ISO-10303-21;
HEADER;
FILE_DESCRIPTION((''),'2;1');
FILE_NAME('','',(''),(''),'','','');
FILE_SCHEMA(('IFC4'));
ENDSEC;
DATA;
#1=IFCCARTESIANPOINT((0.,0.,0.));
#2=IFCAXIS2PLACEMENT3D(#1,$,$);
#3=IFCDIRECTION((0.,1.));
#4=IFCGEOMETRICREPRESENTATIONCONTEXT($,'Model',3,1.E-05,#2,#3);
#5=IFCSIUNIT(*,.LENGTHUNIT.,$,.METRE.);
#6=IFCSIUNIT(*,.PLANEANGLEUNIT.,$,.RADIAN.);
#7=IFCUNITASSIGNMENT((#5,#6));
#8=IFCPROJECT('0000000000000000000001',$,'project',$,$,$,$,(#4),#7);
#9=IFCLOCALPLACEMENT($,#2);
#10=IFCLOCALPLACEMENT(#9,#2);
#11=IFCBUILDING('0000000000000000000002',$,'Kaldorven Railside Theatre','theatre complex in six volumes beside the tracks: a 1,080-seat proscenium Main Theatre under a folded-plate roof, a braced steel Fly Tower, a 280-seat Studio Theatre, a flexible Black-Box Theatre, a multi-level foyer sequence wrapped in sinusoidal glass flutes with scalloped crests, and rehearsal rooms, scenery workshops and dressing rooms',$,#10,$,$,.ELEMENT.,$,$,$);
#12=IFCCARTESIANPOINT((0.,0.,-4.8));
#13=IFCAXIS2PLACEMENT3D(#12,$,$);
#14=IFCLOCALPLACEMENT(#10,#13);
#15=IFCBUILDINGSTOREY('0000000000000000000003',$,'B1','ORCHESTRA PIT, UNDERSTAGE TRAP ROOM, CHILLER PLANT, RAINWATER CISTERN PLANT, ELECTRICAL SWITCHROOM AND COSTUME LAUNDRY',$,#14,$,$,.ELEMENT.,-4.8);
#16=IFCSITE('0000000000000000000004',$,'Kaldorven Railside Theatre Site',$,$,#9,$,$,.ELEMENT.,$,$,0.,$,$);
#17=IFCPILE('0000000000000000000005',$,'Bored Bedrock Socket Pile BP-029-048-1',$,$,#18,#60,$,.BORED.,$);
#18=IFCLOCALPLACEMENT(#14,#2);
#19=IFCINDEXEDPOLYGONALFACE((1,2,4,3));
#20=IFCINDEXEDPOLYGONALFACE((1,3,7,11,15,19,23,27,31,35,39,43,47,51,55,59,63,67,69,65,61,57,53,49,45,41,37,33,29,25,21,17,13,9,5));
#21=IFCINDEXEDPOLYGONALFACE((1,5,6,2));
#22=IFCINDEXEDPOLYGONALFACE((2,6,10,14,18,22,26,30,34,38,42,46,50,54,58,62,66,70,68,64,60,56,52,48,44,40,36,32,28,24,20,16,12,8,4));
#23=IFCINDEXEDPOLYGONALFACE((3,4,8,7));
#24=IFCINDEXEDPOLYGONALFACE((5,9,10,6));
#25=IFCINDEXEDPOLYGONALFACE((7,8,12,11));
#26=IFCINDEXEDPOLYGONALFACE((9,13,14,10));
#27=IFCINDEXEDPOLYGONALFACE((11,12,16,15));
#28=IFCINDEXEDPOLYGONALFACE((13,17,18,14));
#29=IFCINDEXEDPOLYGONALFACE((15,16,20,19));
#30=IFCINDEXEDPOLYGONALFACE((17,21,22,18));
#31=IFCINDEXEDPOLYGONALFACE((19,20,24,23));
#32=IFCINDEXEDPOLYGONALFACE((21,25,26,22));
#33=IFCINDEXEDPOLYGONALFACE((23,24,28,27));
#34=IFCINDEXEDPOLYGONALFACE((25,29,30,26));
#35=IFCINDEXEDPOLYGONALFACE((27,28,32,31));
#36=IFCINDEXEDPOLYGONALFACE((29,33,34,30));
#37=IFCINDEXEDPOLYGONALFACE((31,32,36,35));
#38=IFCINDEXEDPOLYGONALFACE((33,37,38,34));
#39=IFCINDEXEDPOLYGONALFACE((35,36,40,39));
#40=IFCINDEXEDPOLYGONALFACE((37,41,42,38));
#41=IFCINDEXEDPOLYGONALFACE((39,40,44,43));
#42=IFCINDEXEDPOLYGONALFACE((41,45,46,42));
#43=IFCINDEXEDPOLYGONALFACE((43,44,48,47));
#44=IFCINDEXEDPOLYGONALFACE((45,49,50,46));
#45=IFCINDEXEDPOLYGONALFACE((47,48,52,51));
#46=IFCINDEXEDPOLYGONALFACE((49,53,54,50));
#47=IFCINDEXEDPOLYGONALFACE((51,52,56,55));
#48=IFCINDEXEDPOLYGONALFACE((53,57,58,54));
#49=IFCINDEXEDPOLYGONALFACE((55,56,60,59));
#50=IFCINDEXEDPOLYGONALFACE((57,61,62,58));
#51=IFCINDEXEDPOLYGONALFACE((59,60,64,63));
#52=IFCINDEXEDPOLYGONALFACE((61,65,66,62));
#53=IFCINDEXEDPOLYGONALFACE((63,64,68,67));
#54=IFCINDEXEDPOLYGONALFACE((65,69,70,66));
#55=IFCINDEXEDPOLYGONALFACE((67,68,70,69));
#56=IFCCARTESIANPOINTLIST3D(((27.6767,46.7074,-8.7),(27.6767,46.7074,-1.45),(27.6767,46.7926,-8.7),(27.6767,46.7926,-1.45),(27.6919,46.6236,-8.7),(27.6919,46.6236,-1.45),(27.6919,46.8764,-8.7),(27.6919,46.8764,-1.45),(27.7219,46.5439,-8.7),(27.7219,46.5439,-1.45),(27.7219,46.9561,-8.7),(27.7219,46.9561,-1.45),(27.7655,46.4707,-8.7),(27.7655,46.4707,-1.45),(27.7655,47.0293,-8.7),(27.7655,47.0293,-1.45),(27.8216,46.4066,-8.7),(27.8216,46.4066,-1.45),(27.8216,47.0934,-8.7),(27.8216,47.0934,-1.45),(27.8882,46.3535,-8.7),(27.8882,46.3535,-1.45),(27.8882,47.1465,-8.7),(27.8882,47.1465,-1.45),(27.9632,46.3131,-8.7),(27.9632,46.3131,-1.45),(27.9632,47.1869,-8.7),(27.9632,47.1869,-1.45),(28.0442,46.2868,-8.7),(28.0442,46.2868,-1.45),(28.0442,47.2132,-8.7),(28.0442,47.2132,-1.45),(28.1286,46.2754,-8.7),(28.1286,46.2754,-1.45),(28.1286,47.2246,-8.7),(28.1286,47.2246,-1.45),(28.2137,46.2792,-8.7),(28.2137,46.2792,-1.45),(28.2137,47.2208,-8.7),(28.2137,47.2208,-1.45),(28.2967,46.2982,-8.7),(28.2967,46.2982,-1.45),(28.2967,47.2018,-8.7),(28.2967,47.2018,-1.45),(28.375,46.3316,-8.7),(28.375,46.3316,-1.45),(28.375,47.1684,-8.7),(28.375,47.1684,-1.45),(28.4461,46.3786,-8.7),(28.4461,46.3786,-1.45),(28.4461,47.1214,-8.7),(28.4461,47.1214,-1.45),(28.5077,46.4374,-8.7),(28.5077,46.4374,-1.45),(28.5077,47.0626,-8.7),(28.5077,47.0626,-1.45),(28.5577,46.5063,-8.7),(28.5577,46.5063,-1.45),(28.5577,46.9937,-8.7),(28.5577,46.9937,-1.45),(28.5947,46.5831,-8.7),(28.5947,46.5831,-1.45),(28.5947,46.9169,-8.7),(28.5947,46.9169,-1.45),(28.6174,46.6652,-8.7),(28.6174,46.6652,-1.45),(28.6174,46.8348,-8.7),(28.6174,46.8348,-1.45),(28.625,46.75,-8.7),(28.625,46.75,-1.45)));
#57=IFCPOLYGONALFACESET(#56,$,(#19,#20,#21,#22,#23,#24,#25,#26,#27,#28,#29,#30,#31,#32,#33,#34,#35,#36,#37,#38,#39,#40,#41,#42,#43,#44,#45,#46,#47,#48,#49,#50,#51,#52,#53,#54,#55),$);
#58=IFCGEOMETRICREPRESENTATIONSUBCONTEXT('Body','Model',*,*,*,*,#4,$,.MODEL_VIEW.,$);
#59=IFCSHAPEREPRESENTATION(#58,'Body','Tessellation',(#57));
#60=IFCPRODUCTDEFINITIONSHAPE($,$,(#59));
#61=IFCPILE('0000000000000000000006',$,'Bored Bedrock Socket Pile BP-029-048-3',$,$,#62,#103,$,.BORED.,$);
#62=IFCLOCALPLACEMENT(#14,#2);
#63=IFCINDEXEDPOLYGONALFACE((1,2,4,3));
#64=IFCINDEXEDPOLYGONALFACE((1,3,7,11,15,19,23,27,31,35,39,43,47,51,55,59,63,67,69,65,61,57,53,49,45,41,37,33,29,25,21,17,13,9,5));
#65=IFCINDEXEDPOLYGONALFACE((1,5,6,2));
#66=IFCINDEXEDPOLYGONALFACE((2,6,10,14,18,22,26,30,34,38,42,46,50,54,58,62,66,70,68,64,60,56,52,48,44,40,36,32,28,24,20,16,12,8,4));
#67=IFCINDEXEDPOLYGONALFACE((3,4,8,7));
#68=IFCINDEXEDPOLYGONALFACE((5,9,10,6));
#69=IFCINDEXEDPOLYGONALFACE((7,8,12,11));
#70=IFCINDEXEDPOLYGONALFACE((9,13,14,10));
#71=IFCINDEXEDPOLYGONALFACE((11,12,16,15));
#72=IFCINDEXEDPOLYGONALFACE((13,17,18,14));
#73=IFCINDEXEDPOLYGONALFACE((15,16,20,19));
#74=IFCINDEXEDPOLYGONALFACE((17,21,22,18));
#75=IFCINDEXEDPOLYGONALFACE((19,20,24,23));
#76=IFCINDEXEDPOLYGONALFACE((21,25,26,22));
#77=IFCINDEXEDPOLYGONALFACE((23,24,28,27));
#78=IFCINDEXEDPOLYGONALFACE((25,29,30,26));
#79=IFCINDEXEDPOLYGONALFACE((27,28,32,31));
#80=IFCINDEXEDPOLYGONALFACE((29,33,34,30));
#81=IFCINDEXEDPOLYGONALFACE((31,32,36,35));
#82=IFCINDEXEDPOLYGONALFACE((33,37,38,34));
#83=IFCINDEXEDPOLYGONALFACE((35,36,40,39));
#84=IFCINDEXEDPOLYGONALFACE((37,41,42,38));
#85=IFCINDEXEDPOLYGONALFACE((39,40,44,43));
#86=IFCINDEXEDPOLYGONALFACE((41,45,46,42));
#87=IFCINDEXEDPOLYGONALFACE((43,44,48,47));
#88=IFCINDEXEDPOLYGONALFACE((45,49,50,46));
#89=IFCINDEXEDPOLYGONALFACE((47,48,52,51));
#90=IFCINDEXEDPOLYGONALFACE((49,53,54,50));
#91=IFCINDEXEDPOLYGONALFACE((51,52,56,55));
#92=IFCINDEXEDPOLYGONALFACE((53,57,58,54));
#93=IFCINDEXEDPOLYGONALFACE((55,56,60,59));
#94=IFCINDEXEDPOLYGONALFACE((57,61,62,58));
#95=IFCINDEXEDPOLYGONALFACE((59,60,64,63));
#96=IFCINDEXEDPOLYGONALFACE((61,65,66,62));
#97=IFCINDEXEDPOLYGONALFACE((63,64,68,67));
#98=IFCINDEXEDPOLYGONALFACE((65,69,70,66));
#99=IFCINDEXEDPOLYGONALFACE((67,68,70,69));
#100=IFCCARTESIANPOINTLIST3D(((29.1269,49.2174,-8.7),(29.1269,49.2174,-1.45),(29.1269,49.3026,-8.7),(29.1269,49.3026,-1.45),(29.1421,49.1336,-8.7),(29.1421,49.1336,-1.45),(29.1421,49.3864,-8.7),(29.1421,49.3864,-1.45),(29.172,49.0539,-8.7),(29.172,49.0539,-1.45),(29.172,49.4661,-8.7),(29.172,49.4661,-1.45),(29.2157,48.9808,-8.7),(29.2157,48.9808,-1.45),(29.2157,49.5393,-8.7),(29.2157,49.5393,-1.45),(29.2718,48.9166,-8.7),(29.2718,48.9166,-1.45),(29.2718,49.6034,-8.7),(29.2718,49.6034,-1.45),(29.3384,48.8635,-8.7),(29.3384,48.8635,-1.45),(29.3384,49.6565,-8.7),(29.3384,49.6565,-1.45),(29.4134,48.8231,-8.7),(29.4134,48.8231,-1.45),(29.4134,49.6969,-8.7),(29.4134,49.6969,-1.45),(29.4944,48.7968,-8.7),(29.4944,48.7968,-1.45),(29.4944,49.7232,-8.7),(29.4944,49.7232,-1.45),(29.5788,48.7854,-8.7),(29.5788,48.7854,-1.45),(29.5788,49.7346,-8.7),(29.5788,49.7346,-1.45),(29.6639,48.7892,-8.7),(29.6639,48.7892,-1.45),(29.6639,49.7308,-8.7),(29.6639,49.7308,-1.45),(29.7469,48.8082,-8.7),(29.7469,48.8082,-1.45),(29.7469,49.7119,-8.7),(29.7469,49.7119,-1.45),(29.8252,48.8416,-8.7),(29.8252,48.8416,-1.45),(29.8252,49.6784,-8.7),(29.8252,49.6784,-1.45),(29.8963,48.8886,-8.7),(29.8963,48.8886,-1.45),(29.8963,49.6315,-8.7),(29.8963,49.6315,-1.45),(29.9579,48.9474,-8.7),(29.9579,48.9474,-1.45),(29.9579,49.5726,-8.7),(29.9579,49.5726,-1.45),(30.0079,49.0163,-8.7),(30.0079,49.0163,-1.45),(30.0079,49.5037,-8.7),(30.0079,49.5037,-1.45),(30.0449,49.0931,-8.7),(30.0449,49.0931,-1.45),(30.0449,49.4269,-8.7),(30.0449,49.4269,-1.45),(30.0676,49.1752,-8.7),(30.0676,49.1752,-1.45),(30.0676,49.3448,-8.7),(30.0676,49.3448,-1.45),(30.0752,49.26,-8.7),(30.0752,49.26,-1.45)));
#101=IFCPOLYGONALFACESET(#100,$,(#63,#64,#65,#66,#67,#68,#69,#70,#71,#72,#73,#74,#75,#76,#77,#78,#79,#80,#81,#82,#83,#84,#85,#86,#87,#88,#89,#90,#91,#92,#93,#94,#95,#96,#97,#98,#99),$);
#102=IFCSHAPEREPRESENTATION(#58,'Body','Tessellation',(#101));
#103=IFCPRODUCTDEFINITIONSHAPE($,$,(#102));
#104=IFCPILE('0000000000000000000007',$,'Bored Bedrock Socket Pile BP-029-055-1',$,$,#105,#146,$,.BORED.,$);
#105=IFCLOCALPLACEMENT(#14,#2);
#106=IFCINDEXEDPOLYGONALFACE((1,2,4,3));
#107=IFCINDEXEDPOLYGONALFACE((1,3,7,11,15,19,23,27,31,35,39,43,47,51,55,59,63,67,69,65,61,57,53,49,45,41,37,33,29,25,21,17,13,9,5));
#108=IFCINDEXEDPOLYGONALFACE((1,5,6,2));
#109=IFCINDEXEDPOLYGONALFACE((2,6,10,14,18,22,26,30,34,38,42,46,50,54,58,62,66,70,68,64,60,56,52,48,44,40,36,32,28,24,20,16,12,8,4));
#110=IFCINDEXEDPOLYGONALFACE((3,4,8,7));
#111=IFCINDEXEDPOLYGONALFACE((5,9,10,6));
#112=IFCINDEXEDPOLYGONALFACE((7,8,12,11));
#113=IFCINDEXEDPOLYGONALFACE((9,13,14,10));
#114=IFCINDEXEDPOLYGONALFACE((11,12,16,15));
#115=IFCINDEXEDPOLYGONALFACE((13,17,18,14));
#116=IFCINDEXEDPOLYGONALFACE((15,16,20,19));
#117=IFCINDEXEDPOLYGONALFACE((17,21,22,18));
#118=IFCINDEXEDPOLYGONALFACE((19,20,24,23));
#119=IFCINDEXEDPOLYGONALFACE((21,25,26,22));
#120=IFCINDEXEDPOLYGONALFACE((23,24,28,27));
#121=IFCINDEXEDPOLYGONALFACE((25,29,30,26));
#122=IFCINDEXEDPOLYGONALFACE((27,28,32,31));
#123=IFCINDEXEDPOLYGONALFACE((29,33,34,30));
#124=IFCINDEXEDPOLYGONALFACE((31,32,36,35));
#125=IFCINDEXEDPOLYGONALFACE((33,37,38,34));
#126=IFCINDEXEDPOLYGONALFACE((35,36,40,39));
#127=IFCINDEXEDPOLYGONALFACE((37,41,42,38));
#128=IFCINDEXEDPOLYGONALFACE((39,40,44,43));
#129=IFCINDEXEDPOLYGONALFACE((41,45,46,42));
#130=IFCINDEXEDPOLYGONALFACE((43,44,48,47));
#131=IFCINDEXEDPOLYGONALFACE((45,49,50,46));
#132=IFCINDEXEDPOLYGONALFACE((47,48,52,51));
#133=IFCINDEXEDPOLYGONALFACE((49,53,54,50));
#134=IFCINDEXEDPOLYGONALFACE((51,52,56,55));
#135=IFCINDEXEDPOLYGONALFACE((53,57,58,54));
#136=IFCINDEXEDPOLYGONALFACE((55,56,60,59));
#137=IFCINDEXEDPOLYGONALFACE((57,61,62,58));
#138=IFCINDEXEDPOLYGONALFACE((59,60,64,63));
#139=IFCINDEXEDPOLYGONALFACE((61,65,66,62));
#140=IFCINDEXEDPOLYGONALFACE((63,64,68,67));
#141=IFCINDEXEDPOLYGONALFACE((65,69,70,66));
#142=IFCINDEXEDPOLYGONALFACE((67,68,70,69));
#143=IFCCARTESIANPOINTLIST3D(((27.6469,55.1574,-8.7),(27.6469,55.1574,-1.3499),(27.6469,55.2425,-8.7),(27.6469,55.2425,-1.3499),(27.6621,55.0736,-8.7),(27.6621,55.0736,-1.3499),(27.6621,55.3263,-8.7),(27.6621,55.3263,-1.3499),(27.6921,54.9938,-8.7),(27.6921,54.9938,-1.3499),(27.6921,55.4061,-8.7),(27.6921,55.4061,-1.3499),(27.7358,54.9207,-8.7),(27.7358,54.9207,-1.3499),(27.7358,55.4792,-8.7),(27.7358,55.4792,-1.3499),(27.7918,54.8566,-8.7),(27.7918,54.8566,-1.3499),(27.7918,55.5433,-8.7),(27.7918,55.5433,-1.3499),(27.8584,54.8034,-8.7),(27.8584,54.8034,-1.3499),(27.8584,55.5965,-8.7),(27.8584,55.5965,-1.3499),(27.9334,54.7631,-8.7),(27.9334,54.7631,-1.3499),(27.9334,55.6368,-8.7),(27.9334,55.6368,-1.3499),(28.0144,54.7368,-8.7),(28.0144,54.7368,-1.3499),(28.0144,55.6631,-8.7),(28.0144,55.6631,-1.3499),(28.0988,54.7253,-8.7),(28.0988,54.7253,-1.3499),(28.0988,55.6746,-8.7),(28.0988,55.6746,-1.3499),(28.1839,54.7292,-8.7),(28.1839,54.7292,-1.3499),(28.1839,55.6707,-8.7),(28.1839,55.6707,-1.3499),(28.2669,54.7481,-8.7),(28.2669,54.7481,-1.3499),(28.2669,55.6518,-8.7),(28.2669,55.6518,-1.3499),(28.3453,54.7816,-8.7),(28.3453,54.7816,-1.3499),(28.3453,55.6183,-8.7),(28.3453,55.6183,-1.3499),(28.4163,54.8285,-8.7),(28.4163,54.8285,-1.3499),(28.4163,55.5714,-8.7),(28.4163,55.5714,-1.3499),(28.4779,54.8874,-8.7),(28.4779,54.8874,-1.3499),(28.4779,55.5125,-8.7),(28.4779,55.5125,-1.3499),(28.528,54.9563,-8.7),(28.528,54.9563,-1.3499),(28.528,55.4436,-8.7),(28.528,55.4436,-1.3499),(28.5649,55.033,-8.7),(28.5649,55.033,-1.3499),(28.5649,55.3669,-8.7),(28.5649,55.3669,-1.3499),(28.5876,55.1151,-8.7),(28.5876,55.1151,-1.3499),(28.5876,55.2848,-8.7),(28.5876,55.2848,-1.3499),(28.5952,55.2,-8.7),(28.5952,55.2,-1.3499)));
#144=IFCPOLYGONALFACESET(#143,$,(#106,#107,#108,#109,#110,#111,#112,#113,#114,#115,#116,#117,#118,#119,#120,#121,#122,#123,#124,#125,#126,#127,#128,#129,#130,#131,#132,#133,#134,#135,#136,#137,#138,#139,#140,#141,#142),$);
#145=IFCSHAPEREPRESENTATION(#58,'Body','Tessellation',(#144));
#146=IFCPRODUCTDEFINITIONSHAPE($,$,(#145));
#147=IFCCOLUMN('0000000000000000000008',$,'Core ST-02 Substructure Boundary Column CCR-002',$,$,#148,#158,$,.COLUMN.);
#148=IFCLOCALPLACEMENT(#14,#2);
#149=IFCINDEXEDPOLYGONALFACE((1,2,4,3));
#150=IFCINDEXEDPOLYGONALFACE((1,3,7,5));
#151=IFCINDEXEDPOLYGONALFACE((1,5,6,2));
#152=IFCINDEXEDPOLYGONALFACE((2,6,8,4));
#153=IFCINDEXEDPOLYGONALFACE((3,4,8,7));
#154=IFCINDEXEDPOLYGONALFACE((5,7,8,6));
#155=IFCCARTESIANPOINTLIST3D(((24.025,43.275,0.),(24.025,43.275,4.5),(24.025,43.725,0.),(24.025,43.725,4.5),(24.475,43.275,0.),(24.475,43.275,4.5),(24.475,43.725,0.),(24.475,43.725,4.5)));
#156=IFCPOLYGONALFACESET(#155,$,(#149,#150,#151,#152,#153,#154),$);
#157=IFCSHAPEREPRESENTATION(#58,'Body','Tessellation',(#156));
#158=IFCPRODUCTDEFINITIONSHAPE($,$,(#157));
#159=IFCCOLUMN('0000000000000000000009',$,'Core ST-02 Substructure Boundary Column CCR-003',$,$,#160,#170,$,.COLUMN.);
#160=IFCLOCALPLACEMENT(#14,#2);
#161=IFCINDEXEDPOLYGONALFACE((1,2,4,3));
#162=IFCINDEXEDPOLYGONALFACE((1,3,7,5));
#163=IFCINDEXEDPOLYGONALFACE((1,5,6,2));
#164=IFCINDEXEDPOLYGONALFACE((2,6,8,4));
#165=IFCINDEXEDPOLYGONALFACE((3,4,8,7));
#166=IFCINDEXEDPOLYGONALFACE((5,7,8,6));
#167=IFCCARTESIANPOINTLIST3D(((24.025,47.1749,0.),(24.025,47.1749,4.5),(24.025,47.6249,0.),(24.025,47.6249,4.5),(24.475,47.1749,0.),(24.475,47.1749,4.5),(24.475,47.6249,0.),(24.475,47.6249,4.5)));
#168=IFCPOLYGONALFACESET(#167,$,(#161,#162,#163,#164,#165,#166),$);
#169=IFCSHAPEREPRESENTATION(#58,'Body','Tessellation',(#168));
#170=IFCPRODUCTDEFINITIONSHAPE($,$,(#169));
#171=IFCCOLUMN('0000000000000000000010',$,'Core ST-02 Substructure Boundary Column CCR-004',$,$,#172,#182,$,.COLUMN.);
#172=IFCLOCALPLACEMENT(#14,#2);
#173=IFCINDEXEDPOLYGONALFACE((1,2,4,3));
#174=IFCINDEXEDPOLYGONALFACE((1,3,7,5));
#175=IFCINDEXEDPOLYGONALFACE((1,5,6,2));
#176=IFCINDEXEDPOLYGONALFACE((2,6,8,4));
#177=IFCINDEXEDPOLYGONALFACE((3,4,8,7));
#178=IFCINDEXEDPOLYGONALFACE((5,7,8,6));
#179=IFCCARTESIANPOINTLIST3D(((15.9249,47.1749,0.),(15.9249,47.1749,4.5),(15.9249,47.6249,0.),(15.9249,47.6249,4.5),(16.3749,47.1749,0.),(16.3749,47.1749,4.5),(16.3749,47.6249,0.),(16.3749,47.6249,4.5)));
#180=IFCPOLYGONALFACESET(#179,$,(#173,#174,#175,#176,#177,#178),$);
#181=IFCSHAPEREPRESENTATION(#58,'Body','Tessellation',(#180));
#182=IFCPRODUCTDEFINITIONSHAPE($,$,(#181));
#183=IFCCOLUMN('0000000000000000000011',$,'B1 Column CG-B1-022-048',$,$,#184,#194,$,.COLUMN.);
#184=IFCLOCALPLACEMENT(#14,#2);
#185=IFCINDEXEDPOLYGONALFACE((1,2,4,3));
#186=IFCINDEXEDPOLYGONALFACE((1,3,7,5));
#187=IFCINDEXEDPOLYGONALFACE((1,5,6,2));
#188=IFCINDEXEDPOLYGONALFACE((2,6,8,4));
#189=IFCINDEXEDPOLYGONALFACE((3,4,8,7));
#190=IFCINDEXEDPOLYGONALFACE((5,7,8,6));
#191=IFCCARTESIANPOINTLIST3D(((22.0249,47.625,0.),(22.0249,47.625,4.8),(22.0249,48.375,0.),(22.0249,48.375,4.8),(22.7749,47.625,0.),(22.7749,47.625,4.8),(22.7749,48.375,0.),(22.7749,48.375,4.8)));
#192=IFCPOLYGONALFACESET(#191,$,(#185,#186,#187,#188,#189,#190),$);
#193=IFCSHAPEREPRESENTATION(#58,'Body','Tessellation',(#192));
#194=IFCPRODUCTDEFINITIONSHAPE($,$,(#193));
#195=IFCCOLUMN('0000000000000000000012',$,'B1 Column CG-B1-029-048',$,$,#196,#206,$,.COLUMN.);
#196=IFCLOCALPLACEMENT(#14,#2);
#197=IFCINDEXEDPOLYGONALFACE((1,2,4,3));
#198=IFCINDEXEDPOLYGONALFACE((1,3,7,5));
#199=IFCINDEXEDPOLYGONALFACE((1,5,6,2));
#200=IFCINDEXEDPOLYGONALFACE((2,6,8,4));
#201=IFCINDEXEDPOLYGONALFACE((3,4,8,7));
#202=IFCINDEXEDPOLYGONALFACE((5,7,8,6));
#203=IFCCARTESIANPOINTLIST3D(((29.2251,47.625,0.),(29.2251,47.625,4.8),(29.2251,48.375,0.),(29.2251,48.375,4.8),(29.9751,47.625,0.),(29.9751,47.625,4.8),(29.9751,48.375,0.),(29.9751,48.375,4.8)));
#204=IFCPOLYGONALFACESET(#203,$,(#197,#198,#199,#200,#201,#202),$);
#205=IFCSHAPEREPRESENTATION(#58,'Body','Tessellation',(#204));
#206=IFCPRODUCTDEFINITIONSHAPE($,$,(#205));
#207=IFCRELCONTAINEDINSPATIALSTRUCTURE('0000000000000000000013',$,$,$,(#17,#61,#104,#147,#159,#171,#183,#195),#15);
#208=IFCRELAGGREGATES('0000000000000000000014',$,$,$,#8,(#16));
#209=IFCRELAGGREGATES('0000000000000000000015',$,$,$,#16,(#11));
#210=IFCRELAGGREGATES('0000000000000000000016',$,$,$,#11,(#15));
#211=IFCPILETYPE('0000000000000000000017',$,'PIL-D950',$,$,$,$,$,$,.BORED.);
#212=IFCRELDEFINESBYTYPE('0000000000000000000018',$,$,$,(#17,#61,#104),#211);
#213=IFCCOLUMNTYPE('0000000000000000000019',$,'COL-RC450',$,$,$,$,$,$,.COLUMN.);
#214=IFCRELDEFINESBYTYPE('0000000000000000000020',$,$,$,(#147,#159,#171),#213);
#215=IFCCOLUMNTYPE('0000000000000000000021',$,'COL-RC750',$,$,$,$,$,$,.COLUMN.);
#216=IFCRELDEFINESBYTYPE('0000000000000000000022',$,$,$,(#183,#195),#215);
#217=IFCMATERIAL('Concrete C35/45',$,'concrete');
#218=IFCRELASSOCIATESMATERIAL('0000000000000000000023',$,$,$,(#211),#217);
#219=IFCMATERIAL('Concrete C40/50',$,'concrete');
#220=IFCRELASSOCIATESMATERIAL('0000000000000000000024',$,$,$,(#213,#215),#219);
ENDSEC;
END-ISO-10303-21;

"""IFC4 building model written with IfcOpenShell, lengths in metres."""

from ifc_helpers import new_model, si_unit, direction, frame, origin, origin_2d, place, context, subcontext, project, spatial, rectangle, circle, extrude, material, material_profile, profile_set, type_object, element, save


model = new_model("IFC4")

# Units and contexts
model_context = context("Model", 3, precision=1e-05, world=origin(), true_north=direction((0.0, 1.0)))
body_context = subcontext(model_context, "Body", "Model", "MODEL_VIEW")
ifc_project = project(units=[si_unit("LENGTHUNIT", "METRE"), si_unit("PLANEANGLEUNIT", "RADIAN")], contexts=[model_context])

# Site, building, storey
site_placement = place(None, origin())
site = spatial("IfcSite", under=ifc_project, at=site_placement, Name="Kaldorven Railside Theatre Site", CompositionType="ELEMENT", RefElevation=0.0)
building_placement = place(site_placement, origin())
building = spatial("IfcBuilding", under=site, at=building_placement, Name="Kaldorven Railside Theatre", Description="theatre complex in six volumes beside the tracks: a 1,080-seat proscenium Main Theatre under a folded-plate roof, a braced steel Fly Tower, a 280-seat Studio Theatre, a flexible Black-Box Theatre, a multi-level foyer sequence wrapped in sinusoidal glass flutes with scalloped crests, and rehearsal rooms, scenery workshops and dressing rooms", CompositionType="ELEMENT")
storey_placement = place(building_placement, frame((0.0, 0.0, -4.8)))
storey = spatial("IfcBuildingStorey", under=building, at=storey_placement, Name="B1", Description="ORCHESTRA PIT, UNDERSTAGE TRAP ROOM, CHILLER PLANT, RAINWATER CISTERN PLANT, ELECTRICAL SWITCHROOM AND COSTUME LAUNDRY", CompositionType="ELEMENT", Elevation=-4.8)

# Shared definitions
ifc_material_1 = material(Name="Concrete C40/50", Category="concrete")

# Piles
ifc_material_2 = material(Name="Concrete C35/45", Category="concrete")
ifc_material_profile_1 = material_profile(ifc_material_2, circle(Radius=0.4751, at=origin_2d()), Name="BP D950")
ifc_profile_set_1 = profile_set([ifc_material_profile_1], Name="Concrete C35/45")
pile_type_1 = type_object("IfcPileType", Name="PIL-D950", PredefinedType="BORED", material=ifc_profile_set_1)
for number, where, z_axis, x_axis, name in (
    (1, (28.1499, 46.75, -1.45), (0.0, 0.0, -1.0), (1.0, 0.0, 0.0), "Bored Bedrock Socket Pile BP-029-048-1"),
    (2, (29.6001, 49.26, -1.45), (0.0, 0.0, -1.0), (1.0, 0.0, 0.0), "Bored Bedrock Socket Pile BP-029-048-3"),
):
    element("IfcPile", number, at=place(storey_placement, frame(where, z_axis=z_axis, x_axis=x_axis)), inside=storey, type_object=pile_type_1, Name=name, PredefinedType="BORED", context=body_context, shape_type="SweptSolid", body=[
        extrude(circle(Radius=0.4751, at=origin_2d()), origin(), (0.0, 0.0, 1.0), 7.25),
    ])
pile_1_placement = place(storey_placement, frame((28.1201, 55.2, -1.3499), z_axis=(0.0, 0.0, -1.0), x_axis=(1.0, 0.0, 0.0)))
element("IfcPile", 3, at=pile_1_placement, inside=storey, type_object=pile_type_1, Name="Bored Bedrock Socket Pile BP-029-055-1", PredefinedType="BORED", context=body_context, shape_type="SweptSolid", body=[
    extrude(circle(Radius=0.4751, at=origin_2d()), origin(), (0.0, 0.0, 1.0), 7.3501),
])

# Columns
ifc_material_profile_2 = material_profile(ifc_material_1, rectangle(XDim=0.45, YDim=0.45, at=origin_2d()), Name="RC 450x450")
ifc_profile_set_2 = profile_set([ifc_material_profile_2], Name="Concrete C40/50")
column_type_1 = type_object("IfcColumnType", Name="COL-RC450", PredefinedType="COLUMN", material=ifc_profile_set_2)
for number, where, z_axis, x_axis, name in (
    (4, (24.25, 43.5, 0.0), (0.0, 0.0, 1.0), (1.0, 0.0, 0.0), "Core ST-02 Substructure Boundary Column CCR-002"),
    (5, (24.25, 47.3999, 0.0), (0.0, 0.0, 1.0), (1.0, 0.0, 0.0), "Core ST-02 Substructure Boundary Column CCR-003"),
    (6, (16.1499, 47.3999, 0.0), (0.0, 0.0, 1.0), (1.0, 0.0, 0.0), "Core ST-02 Substructure Boundary Column CCR-004"),
):
    element("IfcColumn", number, at=place(storey_placement, frame(where, z_axis=z_axis, x_axis=x_axis)), inside=storey, type_object=column_type_1, Name=name, PredefinedType="COLUMN", context=body_context, shape_type="SweptSolid", body=[
        extrude(rectangle(XDim=0.45, YDim=0.45, at=origin_2d()), origin(), (0.0, 0.0, 1.0), 4.5),
    ])
ifc_material_profile_3 = material_profile(ifc_material_1, rectangle(XDim=0.75, YDim=0.75, at=origin_2d()), Name="RC 750x750")
ifc_profile_set_3 = profile_set([ifc_material_profile_3], Name="Concrete C40/50")
column_type_2 = type_object("IfcColumnType", Name="COL-RC750", PredefinedType="COLUMN", material=ifc_profile_set_3)
for number, where, z_axis, x_axis, name in (
    (7, (22.3999, 48.0, 0.0), (0.0, 0.0, 1.0), (1.0, 0.0, 0.0), "B1 Column CG-B1-022-048"),
    (8, (29.6001, 48.0, 0.0), (0.0, 0.0, 1.0), (0.0, 1.0, 0.0), "B1 Column CG-B1-029-048"),
):
    element("IfcColumn", number, at=place(storey_placement, frame(where, z_axis=z_axis, x_axis=x_axis)), inside=storey, type_object=column_type_2, Name=name, PredefinedType="COLUMN", context=body_context, shape_type="SweptSolid", body=[
        extrude(rectangle(XDim=0.75, YDim=0.75, at=origin_2d()), origin(), (0.0, 0.0, 1.0), 4.8),
    ])

save(model, "model.ifc")
